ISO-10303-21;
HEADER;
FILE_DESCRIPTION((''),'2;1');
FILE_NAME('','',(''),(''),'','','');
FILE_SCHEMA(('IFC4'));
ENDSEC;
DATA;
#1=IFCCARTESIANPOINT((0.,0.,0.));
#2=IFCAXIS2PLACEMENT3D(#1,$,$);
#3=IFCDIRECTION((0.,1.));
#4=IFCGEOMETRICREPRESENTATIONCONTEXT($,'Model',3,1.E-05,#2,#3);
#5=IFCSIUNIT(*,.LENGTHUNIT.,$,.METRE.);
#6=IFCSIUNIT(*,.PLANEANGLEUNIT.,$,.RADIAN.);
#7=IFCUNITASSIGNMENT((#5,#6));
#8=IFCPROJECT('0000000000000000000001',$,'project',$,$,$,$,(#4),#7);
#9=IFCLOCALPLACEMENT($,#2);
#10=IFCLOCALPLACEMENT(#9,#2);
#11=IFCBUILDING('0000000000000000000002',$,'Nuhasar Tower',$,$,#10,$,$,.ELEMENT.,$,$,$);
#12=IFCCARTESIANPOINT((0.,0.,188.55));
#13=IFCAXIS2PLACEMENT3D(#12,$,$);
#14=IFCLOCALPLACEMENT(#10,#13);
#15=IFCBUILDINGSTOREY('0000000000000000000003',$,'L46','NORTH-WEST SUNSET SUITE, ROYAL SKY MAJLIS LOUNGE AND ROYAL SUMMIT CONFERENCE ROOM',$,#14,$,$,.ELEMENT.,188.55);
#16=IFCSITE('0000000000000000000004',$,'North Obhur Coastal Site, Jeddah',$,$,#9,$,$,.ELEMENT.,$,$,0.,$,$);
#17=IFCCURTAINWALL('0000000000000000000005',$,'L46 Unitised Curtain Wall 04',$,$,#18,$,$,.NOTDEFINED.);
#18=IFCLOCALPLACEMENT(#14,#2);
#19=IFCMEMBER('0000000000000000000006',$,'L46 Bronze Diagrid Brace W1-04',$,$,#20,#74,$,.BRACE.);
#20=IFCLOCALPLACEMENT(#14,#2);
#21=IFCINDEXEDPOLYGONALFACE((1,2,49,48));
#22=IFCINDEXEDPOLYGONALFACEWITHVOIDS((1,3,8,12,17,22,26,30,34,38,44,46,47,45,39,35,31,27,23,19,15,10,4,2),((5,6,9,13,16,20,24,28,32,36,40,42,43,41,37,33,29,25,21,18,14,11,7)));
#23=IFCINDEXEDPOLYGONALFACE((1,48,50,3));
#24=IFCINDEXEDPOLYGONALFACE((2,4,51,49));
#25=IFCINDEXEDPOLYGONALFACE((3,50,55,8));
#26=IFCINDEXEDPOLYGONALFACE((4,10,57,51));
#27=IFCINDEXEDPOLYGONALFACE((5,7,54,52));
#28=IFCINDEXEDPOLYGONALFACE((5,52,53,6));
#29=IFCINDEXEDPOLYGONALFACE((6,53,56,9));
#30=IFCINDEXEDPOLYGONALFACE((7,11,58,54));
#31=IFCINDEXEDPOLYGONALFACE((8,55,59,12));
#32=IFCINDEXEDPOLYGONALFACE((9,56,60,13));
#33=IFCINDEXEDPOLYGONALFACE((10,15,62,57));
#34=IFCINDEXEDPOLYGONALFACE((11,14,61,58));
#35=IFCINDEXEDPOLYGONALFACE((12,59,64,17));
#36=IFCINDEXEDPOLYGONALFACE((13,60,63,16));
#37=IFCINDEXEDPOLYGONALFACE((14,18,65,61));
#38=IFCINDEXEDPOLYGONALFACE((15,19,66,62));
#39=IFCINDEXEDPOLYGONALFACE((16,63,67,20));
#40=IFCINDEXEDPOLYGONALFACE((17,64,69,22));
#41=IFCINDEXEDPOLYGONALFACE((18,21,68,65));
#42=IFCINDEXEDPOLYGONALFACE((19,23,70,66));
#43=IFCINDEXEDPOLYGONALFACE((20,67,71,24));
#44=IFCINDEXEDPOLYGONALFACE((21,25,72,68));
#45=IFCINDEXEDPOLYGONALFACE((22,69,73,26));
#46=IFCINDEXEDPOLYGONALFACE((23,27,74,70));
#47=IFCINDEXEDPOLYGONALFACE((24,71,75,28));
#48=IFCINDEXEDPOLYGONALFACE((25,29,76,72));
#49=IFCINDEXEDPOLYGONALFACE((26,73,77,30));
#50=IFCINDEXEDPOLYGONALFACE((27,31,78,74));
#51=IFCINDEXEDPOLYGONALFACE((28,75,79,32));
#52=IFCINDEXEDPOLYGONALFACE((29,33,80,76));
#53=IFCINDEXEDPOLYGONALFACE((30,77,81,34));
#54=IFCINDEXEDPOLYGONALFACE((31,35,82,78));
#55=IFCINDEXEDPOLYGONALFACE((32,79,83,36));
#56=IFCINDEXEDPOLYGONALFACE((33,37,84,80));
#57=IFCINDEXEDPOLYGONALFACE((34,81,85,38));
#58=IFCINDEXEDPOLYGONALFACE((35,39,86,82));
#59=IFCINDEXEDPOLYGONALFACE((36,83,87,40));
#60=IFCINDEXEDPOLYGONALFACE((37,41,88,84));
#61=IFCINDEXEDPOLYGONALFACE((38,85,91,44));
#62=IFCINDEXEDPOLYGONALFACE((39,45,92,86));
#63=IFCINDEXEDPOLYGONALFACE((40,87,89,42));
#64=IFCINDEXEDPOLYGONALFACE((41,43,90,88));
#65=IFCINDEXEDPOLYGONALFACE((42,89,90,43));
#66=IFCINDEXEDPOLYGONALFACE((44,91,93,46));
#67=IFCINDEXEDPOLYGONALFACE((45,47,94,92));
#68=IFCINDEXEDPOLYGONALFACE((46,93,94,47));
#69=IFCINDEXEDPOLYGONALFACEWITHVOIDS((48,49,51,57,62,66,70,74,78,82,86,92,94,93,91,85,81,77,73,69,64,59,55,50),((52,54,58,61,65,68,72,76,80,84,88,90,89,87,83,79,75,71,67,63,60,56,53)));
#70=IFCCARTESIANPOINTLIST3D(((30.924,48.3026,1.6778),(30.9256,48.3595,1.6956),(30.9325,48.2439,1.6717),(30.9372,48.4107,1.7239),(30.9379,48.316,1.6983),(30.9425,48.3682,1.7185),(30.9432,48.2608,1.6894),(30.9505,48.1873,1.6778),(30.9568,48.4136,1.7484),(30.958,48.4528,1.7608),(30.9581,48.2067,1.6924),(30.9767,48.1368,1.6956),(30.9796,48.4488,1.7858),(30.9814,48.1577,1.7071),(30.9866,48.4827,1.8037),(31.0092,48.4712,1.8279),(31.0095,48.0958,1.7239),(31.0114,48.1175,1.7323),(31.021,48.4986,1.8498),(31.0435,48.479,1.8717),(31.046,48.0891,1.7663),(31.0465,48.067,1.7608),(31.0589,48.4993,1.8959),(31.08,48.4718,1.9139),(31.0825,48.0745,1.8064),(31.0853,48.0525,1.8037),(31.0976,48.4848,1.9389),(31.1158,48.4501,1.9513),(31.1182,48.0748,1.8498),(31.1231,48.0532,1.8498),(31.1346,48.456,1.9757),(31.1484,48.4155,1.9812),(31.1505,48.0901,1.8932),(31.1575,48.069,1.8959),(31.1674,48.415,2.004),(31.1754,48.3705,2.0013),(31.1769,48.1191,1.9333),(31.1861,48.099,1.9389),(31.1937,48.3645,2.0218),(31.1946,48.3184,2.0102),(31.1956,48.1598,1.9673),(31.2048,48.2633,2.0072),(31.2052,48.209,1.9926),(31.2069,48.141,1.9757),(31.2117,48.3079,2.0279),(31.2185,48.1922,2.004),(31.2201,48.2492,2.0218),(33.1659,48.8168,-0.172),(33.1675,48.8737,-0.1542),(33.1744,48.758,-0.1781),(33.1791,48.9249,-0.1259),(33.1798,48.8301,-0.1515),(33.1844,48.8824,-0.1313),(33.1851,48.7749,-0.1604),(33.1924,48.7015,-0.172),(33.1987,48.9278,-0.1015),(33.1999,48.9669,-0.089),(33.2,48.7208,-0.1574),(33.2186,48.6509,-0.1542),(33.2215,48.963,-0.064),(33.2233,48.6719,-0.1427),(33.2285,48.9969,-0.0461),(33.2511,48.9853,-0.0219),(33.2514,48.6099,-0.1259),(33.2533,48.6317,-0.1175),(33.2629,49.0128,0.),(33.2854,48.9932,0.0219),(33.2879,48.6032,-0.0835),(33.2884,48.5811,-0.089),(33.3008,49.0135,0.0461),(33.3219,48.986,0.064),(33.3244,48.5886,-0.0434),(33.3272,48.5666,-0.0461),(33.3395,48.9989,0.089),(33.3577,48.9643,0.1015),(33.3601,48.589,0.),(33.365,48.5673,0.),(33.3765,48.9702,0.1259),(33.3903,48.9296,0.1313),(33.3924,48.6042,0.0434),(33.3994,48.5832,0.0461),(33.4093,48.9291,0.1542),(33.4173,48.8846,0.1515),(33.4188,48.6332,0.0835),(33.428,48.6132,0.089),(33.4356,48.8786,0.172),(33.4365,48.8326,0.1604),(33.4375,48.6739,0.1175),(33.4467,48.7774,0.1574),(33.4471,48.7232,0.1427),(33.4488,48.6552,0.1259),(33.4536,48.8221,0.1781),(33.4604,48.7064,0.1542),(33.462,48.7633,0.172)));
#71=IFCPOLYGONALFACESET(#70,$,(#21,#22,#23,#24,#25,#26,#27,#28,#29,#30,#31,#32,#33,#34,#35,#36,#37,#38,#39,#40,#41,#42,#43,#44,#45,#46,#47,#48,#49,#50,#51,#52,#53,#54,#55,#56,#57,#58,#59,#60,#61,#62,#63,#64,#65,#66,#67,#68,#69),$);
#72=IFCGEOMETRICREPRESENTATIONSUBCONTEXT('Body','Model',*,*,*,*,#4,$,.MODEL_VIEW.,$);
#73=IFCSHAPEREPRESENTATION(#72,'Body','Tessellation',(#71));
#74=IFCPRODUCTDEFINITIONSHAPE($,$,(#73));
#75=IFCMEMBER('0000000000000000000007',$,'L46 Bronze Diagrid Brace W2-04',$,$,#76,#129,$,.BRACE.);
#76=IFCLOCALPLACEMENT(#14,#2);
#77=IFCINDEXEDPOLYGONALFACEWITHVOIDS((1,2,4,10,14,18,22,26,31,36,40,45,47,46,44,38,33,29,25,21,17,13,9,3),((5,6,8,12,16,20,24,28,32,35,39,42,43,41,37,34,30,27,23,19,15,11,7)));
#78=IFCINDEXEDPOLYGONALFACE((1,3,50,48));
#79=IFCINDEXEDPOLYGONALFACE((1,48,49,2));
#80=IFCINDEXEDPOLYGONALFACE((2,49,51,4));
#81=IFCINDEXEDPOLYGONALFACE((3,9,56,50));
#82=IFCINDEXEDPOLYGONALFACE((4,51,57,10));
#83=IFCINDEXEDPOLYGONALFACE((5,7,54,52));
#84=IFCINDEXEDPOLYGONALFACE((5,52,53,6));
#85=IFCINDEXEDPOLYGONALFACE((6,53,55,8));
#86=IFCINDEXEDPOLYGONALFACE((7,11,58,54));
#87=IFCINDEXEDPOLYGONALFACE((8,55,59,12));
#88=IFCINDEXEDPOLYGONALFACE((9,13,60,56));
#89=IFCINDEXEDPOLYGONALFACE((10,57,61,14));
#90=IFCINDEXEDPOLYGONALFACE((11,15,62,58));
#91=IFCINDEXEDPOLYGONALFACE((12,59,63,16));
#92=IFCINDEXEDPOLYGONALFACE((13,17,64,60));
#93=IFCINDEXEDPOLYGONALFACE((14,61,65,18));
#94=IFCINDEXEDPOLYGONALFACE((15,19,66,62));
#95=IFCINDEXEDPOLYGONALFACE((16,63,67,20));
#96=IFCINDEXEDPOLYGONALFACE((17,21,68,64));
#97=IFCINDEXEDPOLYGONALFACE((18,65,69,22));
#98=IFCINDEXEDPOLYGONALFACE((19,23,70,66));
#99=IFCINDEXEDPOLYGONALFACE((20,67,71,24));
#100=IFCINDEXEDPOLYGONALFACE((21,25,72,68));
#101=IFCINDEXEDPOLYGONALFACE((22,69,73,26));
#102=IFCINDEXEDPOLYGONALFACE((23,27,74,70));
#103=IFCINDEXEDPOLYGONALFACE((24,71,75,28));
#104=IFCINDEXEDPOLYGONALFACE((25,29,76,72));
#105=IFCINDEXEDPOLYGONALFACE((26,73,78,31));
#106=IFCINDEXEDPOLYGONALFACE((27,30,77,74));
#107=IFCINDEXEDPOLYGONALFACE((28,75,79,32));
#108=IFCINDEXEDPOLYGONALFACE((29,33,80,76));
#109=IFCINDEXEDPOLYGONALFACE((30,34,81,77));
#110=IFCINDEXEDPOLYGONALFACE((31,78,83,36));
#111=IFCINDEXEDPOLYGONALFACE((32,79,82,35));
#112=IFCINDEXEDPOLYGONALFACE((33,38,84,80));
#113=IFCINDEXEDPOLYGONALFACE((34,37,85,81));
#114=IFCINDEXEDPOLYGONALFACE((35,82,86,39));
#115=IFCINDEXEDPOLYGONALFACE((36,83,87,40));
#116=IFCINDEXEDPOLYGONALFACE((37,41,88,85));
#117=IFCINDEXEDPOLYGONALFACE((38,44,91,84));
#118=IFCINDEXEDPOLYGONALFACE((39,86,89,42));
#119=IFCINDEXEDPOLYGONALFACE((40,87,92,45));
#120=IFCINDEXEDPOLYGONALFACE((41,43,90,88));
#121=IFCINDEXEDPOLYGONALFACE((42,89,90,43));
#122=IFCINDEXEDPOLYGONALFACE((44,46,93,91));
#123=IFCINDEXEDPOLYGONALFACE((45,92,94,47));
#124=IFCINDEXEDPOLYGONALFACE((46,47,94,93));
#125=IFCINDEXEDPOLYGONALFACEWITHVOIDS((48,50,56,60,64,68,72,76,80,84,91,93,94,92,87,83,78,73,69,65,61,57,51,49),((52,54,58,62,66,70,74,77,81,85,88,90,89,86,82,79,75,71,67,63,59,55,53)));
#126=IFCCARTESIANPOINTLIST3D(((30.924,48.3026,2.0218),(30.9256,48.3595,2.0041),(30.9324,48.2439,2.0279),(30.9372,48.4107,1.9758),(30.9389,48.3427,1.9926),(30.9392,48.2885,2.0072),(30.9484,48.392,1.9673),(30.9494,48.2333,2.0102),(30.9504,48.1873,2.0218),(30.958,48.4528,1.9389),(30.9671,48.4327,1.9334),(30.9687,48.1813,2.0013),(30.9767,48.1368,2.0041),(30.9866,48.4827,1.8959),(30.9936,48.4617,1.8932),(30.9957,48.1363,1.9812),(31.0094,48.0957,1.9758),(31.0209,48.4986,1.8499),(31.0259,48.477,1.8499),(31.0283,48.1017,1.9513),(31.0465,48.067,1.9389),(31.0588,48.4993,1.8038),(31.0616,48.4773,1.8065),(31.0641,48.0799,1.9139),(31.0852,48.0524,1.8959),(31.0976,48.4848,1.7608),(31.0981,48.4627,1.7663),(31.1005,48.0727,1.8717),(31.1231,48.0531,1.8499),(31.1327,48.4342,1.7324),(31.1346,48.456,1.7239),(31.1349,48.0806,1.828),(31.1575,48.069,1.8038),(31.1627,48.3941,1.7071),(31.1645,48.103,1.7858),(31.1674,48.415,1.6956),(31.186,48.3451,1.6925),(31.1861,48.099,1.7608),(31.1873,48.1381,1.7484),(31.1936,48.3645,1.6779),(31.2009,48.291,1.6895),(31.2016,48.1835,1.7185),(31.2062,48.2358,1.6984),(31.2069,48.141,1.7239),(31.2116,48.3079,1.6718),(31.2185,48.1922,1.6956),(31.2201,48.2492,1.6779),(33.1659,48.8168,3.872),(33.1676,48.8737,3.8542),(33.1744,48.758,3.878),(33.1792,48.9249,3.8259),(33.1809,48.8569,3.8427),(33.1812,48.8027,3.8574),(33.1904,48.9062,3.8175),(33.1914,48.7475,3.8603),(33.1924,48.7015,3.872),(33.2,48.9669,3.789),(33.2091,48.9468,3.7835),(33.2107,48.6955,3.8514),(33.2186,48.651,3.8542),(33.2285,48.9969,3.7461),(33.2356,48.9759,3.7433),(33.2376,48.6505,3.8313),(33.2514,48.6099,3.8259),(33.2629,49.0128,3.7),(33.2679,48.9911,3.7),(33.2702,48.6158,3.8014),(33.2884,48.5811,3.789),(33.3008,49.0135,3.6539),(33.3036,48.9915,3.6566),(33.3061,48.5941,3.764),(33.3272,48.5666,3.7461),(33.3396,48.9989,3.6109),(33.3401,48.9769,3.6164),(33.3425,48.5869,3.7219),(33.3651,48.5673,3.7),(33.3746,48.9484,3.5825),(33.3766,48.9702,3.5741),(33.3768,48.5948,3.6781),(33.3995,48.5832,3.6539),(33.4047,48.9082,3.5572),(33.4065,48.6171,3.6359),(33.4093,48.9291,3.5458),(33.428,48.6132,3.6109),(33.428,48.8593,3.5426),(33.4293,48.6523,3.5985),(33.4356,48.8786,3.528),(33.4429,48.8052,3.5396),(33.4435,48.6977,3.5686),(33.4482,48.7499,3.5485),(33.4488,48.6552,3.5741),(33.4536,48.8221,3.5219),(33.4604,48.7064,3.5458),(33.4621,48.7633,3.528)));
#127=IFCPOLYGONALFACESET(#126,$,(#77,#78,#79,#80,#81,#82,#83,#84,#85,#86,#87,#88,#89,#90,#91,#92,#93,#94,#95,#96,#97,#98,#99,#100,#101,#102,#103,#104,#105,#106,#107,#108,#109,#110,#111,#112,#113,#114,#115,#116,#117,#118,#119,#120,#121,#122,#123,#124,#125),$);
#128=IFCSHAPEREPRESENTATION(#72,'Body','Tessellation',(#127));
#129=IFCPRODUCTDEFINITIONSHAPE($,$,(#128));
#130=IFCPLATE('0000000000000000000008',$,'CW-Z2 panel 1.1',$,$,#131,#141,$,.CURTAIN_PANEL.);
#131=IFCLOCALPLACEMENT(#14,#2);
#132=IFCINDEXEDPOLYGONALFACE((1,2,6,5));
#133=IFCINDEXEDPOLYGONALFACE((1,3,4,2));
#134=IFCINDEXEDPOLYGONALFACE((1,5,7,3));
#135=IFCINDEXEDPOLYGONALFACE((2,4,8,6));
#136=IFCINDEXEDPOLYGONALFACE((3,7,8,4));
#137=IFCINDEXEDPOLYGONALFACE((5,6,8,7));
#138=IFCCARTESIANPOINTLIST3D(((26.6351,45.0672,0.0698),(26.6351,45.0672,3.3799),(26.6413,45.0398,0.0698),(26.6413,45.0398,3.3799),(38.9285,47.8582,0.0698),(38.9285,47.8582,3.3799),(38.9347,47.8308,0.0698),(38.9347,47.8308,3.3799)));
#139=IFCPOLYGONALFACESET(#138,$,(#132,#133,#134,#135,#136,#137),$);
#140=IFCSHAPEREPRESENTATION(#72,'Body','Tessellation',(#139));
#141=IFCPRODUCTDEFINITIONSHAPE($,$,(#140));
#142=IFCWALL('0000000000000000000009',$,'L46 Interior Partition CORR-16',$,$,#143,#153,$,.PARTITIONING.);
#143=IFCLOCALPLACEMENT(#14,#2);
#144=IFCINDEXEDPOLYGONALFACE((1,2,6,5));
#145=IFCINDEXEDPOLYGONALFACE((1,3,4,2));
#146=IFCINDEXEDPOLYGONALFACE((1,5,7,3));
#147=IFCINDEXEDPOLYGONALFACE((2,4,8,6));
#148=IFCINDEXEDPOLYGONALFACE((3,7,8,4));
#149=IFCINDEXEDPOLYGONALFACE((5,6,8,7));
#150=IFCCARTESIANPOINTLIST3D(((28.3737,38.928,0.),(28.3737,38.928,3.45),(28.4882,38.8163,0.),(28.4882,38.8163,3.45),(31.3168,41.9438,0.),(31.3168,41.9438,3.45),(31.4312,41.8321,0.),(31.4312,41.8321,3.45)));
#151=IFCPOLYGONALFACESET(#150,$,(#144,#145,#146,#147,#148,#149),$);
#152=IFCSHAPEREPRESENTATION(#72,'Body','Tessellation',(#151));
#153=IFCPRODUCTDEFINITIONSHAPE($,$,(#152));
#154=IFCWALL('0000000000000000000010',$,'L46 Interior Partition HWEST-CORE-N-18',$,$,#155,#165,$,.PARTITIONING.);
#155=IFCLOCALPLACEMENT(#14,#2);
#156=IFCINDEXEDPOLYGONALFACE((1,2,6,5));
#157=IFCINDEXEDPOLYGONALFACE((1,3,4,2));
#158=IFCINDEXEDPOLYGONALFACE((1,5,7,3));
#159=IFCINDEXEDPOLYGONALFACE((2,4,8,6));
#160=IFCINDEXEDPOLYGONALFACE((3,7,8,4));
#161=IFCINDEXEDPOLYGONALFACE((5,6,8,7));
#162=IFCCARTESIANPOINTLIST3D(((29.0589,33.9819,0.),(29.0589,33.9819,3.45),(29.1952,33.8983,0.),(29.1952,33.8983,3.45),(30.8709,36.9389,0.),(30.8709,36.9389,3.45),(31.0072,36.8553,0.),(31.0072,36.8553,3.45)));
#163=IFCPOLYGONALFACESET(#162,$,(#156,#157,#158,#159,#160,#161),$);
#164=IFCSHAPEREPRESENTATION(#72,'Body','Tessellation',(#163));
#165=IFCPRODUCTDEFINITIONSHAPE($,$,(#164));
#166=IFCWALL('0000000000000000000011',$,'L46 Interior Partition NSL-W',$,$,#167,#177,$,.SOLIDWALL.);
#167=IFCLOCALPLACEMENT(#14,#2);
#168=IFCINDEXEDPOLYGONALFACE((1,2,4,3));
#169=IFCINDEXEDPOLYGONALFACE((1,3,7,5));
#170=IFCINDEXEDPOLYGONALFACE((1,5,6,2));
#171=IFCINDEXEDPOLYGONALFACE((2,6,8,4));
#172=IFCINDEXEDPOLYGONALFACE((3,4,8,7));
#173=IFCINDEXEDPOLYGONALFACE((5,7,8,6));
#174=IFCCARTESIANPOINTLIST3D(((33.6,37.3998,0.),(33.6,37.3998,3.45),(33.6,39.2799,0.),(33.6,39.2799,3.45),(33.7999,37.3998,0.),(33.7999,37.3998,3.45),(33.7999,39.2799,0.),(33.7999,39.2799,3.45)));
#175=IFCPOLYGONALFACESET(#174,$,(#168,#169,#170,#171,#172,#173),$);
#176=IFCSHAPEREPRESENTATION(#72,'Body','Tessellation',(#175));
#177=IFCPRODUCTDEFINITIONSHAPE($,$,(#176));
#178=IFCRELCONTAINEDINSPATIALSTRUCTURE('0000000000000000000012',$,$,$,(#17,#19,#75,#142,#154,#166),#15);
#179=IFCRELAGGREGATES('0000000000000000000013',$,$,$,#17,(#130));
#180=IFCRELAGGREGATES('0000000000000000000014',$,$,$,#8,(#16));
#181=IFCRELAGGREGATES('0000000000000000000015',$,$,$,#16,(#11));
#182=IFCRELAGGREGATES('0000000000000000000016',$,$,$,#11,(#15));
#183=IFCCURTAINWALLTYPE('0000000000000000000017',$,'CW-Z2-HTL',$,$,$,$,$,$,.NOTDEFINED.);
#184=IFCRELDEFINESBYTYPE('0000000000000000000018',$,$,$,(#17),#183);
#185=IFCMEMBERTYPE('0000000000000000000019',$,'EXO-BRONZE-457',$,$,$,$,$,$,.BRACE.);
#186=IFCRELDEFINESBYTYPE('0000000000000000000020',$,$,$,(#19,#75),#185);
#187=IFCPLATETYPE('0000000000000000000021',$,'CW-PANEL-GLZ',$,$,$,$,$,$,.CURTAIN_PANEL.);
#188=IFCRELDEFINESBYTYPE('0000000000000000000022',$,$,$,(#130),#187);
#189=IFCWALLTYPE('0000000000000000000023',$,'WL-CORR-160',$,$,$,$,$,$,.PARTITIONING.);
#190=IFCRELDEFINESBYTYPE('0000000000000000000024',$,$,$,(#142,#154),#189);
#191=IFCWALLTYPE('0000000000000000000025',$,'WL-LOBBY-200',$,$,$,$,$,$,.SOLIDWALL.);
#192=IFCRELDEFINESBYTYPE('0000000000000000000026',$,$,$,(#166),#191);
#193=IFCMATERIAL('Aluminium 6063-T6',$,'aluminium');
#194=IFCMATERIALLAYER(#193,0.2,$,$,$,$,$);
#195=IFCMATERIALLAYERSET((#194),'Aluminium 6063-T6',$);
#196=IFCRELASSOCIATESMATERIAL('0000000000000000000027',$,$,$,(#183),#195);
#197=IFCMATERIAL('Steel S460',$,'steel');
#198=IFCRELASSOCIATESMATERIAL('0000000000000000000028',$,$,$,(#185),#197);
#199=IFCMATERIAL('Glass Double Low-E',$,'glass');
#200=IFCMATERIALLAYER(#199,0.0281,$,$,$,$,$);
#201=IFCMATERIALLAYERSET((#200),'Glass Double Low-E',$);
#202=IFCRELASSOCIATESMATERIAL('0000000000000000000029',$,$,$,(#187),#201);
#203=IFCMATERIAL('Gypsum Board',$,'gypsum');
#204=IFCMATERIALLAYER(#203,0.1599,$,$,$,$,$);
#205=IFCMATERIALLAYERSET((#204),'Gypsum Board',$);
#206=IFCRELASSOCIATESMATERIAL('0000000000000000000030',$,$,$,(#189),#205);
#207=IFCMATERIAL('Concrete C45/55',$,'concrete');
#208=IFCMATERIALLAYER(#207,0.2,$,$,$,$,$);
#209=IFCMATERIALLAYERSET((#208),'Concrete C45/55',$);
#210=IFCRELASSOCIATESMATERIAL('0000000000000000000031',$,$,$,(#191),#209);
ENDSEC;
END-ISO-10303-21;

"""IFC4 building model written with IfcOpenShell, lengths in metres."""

from ifc_helpers import new_model, si_unit, direction, frame, frame_2d, origin, origin_2d, place, context, subcontext, project, spatial, rectangle, hollow_circle, extrude, material, layer, layer_set, material_profile, profile_set, type_object, element, aggregate, save


model = new_model("IFC4")

# Units and contexts
model_context = context("Model", 3, precision=1e-05, world=origin(), true_north=direction((0.0, 1.0)))
body_context = subcontext(model_context, "Body", "Model", "MODEL_VIEW")
ifc_project = project(units=[si_unit("LENGTHUNIT", "METRE"), si_unit("PLANEANGLEUNIT", "RADIAN")], contexts=[model_context])

# Site, building, storey
site_placement = place(None, origin())
site = spatial("IfcSite", under=ifc_project, at=site_placement, Name="North Obhur Coastal Site, Jeddah", CompositionType="ELEMENT", RefElevation=0.0)
building_placement = place(site_placement, origin())
building = spatial("IfcBuilding", under=site, at=building_placement, Name="Nuhasar Tower", CompositionType="ELEMENT")
storey_placement = place(building_placement, frame((0.0, 0.0, 188.55)))
storey = spatial("IfcBuildingStorey", under=building, at=storey_placement, Name="L46", Description="NORTH-WEST SUNSET SUITE, ROYAL SKY MAJLIS LOUNGE AND ROYAL SUMMIT CONFERENCE ROOM", CompositionType="ELEMENT", Elevation=188.55)

# Curtain wall
ifc_material_1 = material(Name="Aluminium 6063-T6", Category="aluminium")
ifc_layer_1 = layer(ifc_material_1, 0.2)
ifc_layer_set_1 = layer_set([ifc_layer_1], Name="Aluminium 6063-T6")
curtain_wall_type = type_object("IfcCurtainWallType", Name="CW-Z2-HTL", PredefinedType="NOTDEFINED", material=ifc_layer_set_1)
curtain_wall_placement = place(storey_placement, origin())
curtain_wall = element("IfcCurtainWall", 1, at=curtain_wall_placement, inside=storey, type_object=curtain_wall_type, Name="L46 Unitised Curtain Wall 04", PredefinedType="NOTDEFINED")

# Members
ifc_material_2 = material(Name="Steel S460", Category="steel")
ifc_material_profile_1 = material_profile(ifc_material_2, hollow_circle(Radius=0.2285, WallThickness=0.0222, at=origin_2d()), Name="HSS457X22.2")
ifc_profile_set_1 = profile_set([ifc_material_profile_1], Name="Steel S460")
member_type_1 = type_object("IfcMemberType", Name="EXO-BRONZE-457", PredefinedType="BRACE", material=ifc_profile_set_1)
member_1_placement = place(storey_placement, frame((33.314, 48.79, 0.0), z_axis=(-0.759539, -0.17419, 0.626704), x_axis=(0.223534, -0.974696, 0.0)))
element("IfcMember", 2, at=member_1_placement, inside=storey, type_object=member_type_1, Name="L46 Bronze Diagrid Brace W1-04", PredefinedType="BRACE", context=body_context, shape_type="SweptSolid", body=[
    extrude(hollow_circle(Radius=0.2285, WallThickness=0.0222, at=origin_2d()), origin(), (0.0, 0.0, 1.0), 2.9517),
])
member_2_placement = place(storey_placement, frame((31.072, 48.2759, 1.8499), z_axis=(0.7595, 0.174181, 0.626755), x_axis=(-0.223534, 0.974696, 0.0)))
element("IfcMember", 3, at=member_2_placement, inside=storey, type_object=member_type_1, Name="L46 Bronze Diagrid Brace W2-04", PredefinedType="BRACE", context=body_context, shape_type="SweptSolid", body=[
    extrude(hollow_circle(Radius=0.2285, WallThickness=0.0222, at=origin_2d()), origin(), (0.0, 0.0, 1.0), 2.9519),
])

# Plate
ifc_material_3 = material(Name="Glass Double Low-E", Category="glass")
ifc_layer_2 = layer(ifc_material_3, 0.0281)
ifc_layer_set_2 = layer_set([ifc_layer_2], Name="Glass Double Low-E")
plate_type = type_object("IfcPlateType", Name="CW-PANEL-GLZ", PredefinedType="CURTAIN_PANEL", material=ifc_layer_set_2)
plate_placement = place(storey_placement, frame((32.7849, 46.449, 0.0698), z_axis=(0.0, 0.0, 1.0), x_axis=(-0.975184, -0.221397, 0.0)))
plate = element("IfcPlate", 4, at=plate_placement, type_object=plate_type, Name="CW-Z2 panel 1.1", PredefinedType="CURTAIN_PANEL", context=body_context, shape_type="SweptSolid", body=[
    extrude(rectangle(XDim=12.6062, YDim=0.0281, at=origin_2d()), origin(), (0.0, 0.0, 1.0), 3.3101),
])
aggregate(curtain_wall, [plate])

# Shared definitions
ifc_material_4 = material(Name="Gypsum Board", Category="gypsum")
ifc_layer_3 = layer(ifc_material_4, 0.1599)
ifc_layer_set_3 = layer_set([ifc_layer_3], Name="Gypsum Board")
wall_type_1 = type_object("IfcWallType", Name="WL-CORR-160", PredefinedType="PARTITIONING", material=ifc_layer_set_3)

# Walls
wall_1_placement = place(storey_placement, frame((31.374, 41.8879, 0.0), z_axis=(0.0, 0.0, 1.0), x_axis=(-0.698422, -0.715687, 0.0)))
element("IfcWall", 5, at=wall_1_placement, inside=storey, type_object=wall_type_1, Name="L46 Interior Partition CORR-16", PredefinedType="PARTITIONING", context=body_context, shape_type="SweptSolid", body=[
    extrude(rectangle(XDim=4.2139, YDim=0.1599, at=frame_2d((2.1069, 0.0))), origin(), (0.0, 0.0, 1.0), 3.45),
])
wall_2_placement = place(storey_placement, frame((30.939, 36.897, 0.0), z_axis=(0.0, 0.0, 1.0), x_axis=(-0.522486, -0.852648, 0.0)))
element("IfcWall", 6, at=wall_2_placement, inside=storey, type_object=wall_type_1, Name="L46 Interior Partition HWEST-CORE-N-18", PredefinedType="PARTITIONING", context=body_context, shape_type="SweptSolid", body=[
    extrude(rectangle(XDim=3.468, YDim=0.1599, at=frame_2d((1.7339, 0.0))), origin(), (0.0, 0.0, 1.0), 3.45),
])
ifc_material_5 = material(Name="Concrete C45/55", Category="concrete")
ifc_layer_4 = layer(ifc_material_5, 0.2)
ifc_layer_set_4 = layer_set([ifc_layer_4], Name="Concrete C45/55")
wall_type_2 = type_object("IfcWallType", Name="WL-LOBBY-200", PredefinedType="SOLIDWALL", material=ifc_layer_set_4)
wall_3_placement = place(storey_placement, frame((33.7, 37.3999, 0.0), z_axis=(0.0, 0.0, 1.0), x_axis=(0.0, 1.0, 0.0)))
element("IfcWall", 7, at=wall_3_placement, inside=storey, type_object=wall_type_2, Name="L46 Interior Partition NSL-W", PredefinedType="SOLIDWALL", context=body_context, shape_type="SweptSolid", body=[
    extrude(rectangle(XDim=1.8801, YDim=0.2, at=frame_2d((0.9399, 0.0))), origin(), (0.0, 0.0, 1.0), 3.45),
])

save(model, "model.ifc")
